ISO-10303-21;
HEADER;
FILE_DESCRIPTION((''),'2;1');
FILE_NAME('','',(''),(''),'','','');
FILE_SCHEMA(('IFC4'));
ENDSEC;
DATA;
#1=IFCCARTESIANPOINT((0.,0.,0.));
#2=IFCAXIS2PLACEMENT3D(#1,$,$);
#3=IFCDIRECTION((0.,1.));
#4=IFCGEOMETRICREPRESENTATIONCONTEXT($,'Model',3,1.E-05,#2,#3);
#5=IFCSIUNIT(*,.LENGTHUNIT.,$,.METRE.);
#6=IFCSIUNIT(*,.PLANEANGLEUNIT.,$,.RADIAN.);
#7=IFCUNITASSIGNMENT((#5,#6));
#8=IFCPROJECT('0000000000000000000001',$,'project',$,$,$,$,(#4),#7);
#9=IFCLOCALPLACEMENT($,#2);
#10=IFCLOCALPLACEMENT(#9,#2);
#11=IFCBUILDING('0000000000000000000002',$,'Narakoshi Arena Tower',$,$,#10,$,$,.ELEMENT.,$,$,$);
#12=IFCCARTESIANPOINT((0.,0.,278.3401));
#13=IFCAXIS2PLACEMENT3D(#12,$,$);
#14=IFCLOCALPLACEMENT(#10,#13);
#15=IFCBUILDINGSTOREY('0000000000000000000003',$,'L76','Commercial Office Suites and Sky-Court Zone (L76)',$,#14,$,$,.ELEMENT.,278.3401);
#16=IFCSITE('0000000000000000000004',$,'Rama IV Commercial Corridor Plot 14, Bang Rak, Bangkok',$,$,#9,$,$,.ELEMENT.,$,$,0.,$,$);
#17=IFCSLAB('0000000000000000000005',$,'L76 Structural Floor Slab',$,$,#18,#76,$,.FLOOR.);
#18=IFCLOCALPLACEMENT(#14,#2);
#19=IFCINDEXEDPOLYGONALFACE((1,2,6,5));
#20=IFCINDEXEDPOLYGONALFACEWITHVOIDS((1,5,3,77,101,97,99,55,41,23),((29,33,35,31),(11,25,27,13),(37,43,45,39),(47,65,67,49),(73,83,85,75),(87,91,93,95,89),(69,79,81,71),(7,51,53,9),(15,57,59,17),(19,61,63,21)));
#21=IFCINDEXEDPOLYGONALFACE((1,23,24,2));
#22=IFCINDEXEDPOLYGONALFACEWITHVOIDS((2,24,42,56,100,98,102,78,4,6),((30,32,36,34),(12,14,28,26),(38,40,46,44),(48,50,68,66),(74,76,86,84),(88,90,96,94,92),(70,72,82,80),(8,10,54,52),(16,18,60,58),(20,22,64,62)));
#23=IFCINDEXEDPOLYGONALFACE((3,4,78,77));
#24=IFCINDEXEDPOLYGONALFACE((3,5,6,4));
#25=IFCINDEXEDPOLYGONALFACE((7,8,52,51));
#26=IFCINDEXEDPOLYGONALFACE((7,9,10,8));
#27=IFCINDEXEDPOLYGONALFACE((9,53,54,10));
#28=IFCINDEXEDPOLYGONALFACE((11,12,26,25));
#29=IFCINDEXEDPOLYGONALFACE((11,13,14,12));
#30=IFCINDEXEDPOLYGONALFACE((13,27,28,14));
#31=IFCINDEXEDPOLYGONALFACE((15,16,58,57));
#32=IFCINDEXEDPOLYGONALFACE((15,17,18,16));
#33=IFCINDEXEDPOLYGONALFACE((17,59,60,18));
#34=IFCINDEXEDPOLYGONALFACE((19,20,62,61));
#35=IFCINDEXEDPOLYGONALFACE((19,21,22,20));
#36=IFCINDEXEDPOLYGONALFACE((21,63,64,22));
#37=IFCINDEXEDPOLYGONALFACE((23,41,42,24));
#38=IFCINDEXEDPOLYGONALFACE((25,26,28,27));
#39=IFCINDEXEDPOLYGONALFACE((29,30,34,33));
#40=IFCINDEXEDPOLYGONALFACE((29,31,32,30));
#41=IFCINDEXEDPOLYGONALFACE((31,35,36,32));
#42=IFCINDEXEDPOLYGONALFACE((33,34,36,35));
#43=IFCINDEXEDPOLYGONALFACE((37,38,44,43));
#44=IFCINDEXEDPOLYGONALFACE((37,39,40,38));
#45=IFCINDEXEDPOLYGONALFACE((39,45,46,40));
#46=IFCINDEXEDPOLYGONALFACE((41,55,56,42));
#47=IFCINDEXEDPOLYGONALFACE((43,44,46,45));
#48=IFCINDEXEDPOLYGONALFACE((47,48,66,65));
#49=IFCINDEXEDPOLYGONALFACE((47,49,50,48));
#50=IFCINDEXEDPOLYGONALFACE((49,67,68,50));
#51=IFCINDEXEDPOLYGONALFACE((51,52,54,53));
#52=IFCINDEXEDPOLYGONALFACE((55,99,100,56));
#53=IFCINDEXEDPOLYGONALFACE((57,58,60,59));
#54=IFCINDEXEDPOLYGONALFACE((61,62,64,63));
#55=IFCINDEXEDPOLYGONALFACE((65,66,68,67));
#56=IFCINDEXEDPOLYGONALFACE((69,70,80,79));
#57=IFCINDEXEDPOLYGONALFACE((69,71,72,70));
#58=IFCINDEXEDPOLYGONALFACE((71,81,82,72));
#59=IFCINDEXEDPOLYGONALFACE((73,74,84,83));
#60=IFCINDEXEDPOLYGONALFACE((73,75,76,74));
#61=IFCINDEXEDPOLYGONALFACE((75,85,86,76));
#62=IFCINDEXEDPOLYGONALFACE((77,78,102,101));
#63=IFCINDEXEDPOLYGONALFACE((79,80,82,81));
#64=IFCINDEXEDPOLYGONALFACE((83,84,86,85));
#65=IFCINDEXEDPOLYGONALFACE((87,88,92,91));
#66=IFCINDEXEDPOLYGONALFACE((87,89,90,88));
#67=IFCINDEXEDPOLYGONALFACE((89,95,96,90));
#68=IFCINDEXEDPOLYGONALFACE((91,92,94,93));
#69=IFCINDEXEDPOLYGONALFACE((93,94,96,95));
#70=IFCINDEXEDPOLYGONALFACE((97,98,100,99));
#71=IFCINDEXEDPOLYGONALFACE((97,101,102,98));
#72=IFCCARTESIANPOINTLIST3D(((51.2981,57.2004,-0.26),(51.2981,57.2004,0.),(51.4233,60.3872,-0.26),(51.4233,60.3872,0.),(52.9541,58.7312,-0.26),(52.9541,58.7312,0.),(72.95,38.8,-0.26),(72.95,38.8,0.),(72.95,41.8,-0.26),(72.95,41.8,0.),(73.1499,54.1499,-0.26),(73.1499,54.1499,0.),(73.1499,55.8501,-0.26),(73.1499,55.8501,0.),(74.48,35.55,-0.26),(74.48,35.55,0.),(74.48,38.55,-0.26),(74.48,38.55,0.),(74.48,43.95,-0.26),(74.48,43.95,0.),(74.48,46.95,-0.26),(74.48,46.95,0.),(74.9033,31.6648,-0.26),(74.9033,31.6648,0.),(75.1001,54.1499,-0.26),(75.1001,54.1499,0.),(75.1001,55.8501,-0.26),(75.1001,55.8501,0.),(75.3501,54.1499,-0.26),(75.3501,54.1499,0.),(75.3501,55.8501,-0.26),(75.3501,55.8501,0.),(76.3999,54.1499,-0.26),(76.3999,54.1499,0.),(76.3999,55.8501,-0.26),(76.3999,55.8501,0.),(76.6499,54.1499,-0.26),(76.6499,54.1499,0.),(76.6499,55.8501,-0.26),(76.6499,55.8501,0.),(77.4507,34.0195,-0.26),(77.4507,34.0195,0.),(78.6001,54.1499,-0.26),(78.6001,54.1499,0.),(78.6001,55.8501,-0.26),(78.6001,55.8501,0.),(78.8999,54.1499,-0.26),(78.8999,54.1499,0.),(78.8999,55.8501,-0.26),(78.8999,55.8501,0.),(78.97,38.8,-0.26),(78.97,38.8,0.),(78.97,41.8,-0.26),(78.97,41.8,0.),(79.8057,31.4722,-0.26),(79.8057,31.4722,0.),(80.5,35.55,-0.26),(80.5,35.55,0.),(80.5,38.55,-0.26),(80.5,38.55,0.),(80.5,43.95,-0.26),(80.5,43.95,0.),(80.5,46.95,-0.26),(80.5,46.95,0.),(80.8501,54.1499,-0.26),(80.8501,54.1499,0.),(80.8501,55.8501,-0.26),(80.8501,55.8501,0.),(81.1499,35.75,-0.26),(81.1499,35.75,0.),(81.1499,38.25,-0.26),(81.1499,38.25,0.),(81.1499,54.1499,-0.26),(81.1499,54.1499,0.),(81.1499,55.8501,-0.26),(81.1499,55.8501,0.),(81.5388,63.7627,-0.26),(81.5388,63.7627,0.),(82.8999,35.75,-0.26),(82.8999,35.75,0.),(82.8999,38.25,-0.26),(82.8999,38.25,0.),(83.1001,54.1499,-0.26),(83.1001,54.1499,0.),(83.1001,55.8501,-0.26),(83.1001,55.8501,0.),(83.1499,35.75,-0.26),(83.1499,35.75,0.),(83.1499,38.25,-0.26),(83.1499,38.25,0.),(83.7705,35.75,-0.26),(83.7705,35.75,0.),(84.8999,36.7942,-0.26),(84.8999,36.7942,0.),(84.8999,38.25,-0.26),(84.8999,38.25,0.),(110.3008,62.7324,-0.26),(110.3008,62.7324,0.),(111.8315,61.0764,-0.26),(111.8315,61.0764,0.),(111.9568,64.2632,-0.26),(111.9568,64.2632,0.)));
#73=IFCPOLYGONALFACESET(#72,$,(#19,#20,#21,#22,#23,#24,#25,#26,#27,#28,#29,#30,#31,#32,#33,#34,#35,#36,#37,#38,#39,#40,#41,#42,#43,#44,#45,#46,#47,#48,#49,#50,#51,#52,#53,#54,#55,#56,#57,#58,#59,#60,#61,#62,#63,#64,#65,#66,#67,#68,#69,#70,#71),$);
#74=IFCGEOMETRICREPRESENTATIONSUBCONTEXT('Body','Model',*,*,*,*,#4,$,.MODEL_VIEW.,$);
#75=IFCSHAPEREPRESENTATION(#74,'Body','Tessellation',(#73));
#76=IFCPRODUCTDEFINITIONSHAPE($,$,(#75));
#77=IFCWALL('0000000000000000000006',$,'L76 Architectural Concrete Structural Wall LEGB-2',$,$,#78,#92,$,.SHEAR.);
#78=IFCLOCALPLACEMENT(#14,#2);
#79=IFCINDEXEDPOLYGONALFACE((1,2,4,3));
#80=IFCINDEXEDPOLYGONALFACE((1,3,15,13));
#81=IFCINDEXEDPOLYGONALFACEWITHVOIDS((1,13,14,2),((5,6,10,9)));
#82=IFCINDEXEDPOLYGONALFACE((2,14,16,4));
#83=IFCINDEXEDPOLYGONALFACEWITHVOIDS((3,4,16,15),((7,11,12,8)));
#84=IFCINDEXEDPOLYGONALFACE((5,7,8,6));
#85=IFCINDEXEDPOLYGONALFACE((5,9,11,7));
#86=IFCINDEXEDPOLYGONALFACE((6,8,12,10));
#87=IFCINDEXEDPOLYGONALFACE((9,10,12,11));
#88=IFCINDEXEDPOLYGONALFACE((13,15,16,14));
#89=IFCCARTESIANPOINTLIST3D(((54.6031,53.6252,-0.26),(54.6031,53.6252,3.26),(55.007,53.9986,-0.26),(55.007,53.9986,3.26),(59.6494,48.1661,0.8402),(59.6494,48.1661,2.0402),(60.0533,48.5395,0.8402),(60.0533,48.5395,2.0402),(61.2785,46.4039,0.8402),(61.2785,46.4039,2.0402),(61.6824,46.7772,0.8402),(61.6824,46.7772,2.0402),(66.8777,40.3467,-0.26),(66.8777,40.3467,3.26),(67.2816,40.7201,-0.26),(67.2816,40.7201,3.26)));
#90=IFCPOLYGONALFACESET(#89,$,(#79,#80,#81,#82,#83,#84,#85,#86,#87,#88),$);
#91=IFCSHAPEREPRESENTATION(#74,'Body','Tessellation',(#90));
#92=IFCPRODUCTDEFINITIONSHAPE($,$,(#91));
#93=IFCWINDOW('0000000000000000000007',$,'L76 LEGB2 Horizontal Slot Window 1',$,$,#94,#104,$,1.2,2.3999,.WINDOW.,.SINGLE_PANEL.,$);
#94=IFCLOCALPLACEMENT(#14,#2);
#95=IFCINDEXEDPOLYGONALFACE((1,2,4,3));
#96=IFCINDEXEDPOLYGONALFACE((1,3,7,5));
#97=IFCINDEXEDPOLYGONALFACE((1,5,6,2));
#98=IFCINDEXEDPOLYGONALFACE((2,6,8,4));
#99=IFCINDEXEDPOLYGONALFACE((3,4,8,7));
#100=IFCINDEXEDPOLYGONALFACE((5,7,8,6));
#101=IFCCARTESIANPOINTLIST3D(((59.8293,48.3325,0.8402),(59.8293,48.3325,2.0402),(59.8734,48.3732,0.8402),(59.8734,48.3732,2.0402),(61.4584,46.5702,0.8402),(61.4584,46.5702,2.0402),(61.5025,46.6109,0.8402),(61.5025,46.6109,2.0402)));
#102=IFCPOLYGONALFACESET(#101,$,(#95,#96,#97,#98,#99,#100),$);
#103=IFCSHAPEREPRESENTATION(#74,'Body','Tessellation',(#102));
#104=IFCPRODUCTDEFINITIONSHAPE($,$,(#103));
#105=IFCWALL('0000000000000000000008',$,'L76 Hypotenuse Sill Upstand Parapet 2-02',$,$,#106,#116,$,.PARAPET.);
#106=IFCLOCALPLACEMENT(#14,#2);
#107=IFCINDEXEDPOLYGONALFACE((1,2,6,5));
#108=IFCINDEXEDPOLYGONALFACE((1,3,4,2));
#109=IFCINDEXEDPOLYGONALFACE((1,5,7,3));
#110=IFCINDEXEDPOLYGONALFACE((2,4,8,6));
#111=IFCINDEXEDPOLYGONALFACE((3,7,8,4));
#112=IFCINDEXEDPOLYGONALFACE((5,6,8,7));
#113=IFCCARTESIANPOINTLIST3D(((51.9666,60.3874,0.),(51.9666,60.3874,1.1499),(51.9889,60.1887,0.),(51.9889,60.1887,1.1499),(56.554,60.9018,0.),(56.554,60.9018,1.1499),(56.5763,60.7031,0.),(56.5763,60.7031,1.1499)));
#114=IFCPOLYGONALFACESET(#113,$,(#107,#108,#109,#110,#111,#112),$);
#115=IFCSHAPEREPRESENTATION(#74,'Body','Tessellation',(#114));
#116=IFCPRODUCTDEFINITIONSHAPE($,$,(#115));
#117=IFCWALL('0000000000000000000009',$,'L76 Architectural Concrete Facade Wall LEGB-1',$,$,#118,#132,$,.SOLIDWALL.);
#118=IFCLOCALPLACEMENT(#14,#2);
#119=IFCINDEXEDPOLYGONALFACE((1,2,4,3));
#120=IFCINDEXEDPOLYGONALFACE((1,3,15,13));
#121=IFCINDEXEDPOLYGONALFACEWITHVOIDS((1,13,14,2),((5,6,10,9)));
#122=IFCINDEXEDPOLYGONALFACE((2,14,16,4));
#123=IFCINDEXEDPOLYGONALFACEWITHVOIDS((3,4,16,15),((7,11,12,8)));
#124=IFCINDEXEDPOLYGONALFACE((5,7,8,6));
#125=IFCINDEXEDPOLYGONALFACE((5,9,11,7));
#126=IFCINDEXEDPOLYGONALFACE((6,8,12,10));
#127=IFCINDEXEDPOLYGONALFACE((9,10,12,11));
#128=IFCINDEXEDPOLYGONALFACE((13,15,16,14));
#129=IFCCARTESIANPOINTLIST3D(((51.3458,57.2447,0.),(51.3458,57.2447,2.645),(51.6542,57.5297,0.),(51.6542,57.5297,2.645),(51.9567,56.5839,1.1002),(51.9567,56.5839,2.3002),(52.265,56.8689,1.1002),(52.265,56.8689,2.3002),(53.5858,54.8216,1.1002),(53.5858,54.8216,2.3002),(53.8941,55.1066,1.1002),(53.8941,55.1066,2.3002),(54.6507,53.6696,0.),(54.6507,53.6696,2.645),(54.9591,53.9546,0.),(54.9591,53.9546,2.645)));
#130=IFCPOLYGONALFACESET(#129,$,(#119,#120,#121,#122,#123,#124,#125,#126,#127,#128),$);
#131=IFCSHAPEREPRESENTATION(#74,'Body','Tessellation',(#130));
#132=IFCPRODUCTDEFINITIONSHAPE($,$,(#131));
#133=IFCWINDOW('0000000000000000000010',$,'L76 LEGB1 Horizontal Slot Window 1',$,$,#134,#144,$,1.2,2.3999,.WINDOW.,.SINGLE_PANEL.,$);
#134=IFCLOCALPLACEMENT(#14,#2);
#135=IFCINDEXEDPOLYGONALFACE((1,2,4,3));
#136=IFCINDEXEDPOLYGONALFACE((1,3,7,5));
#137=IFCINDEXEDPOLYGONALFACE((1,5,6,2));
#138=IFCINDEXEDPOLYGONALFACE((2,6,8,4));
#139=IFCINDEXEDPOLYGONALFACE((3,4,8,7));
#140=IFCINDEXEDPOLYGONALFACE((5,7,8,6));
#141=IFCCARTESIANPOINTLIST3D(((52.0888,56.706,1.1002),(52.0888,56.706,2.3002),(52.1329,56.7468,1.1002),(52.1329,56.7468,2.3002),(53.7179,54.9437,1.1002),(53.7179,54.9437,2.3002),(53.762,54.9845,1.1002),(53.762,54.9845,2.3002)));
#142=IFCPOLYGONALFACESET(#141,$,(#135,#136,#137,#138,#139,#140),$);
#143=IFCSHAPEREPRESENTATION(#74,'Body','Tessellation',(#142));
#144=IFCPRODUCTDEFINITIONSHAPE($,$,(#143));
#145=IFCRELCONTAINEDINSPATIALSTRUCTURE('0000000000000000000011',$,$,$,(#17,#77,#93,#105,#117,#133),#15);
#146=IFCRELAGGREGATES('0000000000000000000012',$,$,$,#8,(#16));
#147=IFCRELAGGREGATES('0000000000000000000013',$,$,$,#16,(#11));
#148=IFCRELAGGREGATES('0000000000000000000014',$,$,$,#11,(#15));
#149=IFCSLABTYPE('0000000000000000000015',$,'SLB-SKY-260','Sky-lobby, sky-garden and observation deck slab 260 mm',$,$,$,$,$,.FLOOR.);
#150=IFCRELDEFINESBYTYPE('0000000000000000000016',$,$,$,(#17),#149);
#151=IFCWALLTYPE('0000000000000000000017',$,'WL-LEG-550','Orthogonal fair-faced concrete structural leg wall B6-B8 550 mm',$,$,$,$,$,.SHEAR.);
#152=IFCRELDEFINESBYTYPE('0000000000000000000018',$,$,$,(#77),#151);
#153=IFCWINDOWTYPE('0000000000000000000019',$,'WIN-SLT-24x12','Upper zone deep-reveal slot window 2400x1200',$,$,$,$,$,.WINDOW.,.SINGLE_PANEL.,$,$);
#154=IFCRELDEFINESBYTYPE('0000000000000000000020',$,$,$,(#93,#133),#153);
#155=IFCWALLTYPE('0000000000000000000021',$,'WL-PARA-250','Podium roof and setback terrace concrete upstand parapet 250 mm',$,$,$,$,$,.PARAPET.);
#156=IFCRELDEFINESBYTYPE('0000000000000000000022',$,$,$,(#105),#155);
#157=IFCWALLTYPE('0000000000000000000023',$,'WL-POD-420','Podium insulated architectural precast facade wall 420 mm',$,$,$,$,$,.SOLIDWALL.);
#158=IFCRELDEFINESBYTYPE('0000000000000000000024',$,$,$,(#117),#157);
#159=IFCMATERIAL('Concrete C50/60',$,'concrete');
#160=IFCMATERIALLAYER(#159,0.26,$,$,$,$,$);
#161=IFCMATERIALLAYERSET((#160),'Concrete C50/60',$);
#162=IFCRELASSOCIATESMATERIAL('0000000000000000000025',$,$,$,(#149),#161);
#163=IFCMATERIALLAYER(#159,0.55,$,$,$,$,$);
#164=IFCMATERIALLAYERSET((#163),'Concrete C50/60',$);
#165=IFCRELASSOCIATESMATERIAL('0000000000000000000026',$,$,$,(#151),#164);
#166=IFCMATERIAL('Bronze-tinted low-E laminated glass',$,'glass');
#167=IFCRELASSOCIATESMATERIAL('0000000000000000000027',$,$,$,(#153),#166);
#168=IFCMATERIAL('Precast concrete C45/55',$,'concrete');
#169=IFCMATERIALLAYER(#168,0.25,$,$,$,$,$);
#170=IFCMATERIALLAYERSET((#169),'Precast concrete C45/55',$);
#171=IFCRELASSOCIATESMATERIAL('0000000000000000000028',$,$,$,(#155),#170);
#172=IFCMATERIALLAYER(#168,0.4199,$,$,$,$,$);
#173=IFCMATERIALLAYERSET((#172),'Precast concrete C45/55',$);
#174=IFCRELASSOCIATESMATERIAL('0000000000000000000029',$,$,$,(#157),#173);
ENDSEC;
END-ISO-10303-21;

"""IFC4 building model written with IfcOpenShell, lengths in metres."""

from ifc_helpers import new_model, si_unit, direction, frame, frame_2d, origin, place, context, subcontext, project, spatial, polyline, rectangle, outline, extrude, material, layer, layer_set, type_object, element, fill, save


model = new_model("IFC4")

# Units and contexts
model_context = context("Model", 3, precision=1e-05, world=origin(), true_north=direction((0.0, 1.0)))
body_context = subcontext(model_context, "Body", "Model", "MODEL_VIEW")
ifc_project = project(units=[si_unit("LENGTHUNIT", "METRE"), si_unit("PLANEANGLEUNIT", "RADIAN")], contexts=[model_context])

# Site, building, storey
site_placement = place(None, origin())
site = spatial("IfcSite", under=ifc_project, at=site_placement, Name="Rama IV Commercial Corridor Plot 14, Bang Rak, Bangkok", CompositionType="ELEMENT", RefElevation=0.0)
building_placement = place(site_placement, origin())
building = spatial("IfcBuilding", under=site, at=building_placement, Name="Narakoshi Arena Tower", CompositionType="ELEMENT")
storey_placement = place(building_placement, frame((0.0, 0.0, 278.3401)))
storey = spatial("IfcBuildingStorey", under=building, at=storey_placement, Name="L76", Description="Commercial Office Suites and Sky-Court Zone (L76)", CompositionType="ELEMENT", Elevation=278.3401)

# Shared definitions
ifc_material_1 = material(Name="Concrete C50/60", Category="concrete")

# Shared definitions
ifc_material_2 = material(Name="Bronze-tinted low-E laminated glass", Category="glass")

# Slab
ifc_layer_1 = layer(ifc_material_1, 0.26)
ifc_layer_set_1 = layer_set([ifc_layer_1], Name="Concrete C50/60")
slab_type_1 = type_object("IfcSlabType", Name="SLB-SKY-260", Description="Sky-lobby, sky-garden and observation deck slab 260 mm", PredefinedType="FLOOR", material=ifc_layer_set_1)
slab_1_placement = place(storey_placement, frame((0.0, 0.0, -0.26)))
element("IfcSlab", 1, at=slab_1_placement, inside=storey, type_object=slab_type_1, Name="L76 Structural Floor Slab", PredefinedType="FLOOR", context=body_context, shape_type="SweptSolid", body=[
    extrude(outline(polyline([(79.8057, 31.4722), (111.8315, 61.0764), (110.3008, 62.7324), (111.9568, 64.2632), (81.5388, 63.7627), (51.4233, 60.3872), (52.9541, 58.7312), (51.2981, 57.2004), (74.9033, 31.6648), (77.4507, 34.0195), (79.8057, 31.4722)]), holes=[polyline([(80.5, 35.55), (74.48, 35.55), (74.48, 38.55), (80.5, 38.55), (80.5, 35.55)]), polyline([(82.8999, 35.75), (81.1499, 35.75), (81.1499, 38.25), (82.8999, 38.25), (82.8999, 35.75)]), polyline([(84.8999, 36.7942), (83.7705, 35.75), (83.1499, 35.75), (83.1499, 38.25), (84.8999, 38.25), (84.8999, 36.7942)]), polyline([(72.95, 38.8), (72.95, 41.8), (78.97, 41.8), (78.97, 38.8), (72.95, 38.8)]), polyline([(74.48, 43.95), (74.48, 46.95), (80.5, 46.95), (80.5, 43.95), (74.48, 43.95)]), polyline([(75.1001, 54.1499), (73.1499, 54.1499), (73.1499, 55.8501), (75.1001, 55.8501), (75.1001, 54.1499)]), polyline([(76.3999, 54.1499), (75.3501, 54.1499), (75.3501, 55.8501), (76.3999, 55.8501), (76.3999, 54.1499)]), polyline([(78.6001, 54.1499), (76.6499, 54.1499), (76.6499, 55.8501), (78.6001, 55.8501), (78.6001, 54.1499)]), polyline([(78.8999, 54.1499), (78.8999, 55.8501), (80.8501, 55.8501), (80.8501, 54.1499), (78.8999, 54.1499)]), polyline([(81.1499, 54.1499), (81.1499, 55.8501), (83.1001, 55.8501), (83.1001, 54.1499), (81.1499, 54.1499)])]), origin(), (0.0, 0.0, 1.0), 0.26),
])

# Wall, opening, window
ifc_layer_2 = layer(ifc_material_1, 0.55)
ifc_layer_set_2 = layer_set([ifc_layer_2], Name="Concrete C50/60")
wall_type_1 = type_object("IfcWallType", Name="WL-LEG-550", Description="Orthogonal fair-faced concrete structural leg wall B6-B8 550 mm", PredefinedType="SHEAR", material=ifc_layer_set_2)
wall_1_placement = place(storey_placement, frame((54.8049, 53.812, -0.26), z_axis=(0.0, 0.0, 1.0), x_axis=(0.678803, -0.73432, 0.0)))
wall_1 = element("IfcWall", 2, at=wall_1_placement, inside=storey, type_object=wall_type_1, Name="L76 Architectural Concrete Structural Wall LEGB-2", PredefinedType="SHEAR", context=body_context, shape_type="SweptSolid", body=[
    extrude(rectangle(XDim=18.0828, YDim=0.55, at=frame_2d((9.0415, 0.0))), origin(), (0.0, 0.0, 1.0), 3.52),
])
opening_1_placement = place(wall_1_placement, frame((7.4343, 0.0, 1.1001)))
opening_1 = element("IfcOpeningElement", 3, at=opening_1_placement, cuts=wall_1, PredefinedType="OPENING", context=body_context, shape_type="SweptSolid", body=[
    extrude(rectangle(XDim=2.3999, YDim=1.2, at=frame_2d((1.2, 0.6001))), frame((0.0, 0.2849, 0.0), z_axis=(0.0, -1.0, 0.0), x_axis=(1.0, 0.0, 0.0)), (0.0, 0.0, 1.0), 0.5701),
])
window_type_1 = type_object("IfcWindowType", Name="WIN-SLT-24x12", Description="Upper zone deep-reveal slot window 2400x1200", PartitioningType="SINGLE_PANEL", PredefinedType="WINDOW", material=ifc_material_2)
window_1_placement = place(opening_1_placement, origin())
window_1 = element("IfcWindow", 4, at=window_1_placement, inside=storey, type_object=window_type_1, Name="L76 LEGB2 Horizontal Slot Window 1", OverallHeight=1.2, OverallWidth=2.3999, PartitioningType="SINGLE_PANEL", PredefinedType="WINDOW", context=body_context, shape_type="SweptSolid", body=[
    extrude(rectangle(XDim=2.3999, YDim=1.2, at=frame_2d((1.2, 0.6001))), frame((0.0, 0.03, 0.0), z_axis=(0.0, -1.0, 0.0), x_axis=(1.0, 0.0, 0.0)), (0.0, 0.0, 1.0), 0.0601),
])
fill(opening_1, window_1)

# Wall
ifc_material_3 = material(Name="Precast concrete C45/55", Category="concrete")
ifc_layer_3 = layer(ifc_material_3, 0.25)
ifc_layer_set_3 = layer_set([ifc_layer_3], Name="Precast concrete C45/55")
wall_type_2 = type_object("IfcWallType", Name="WL-PARA-250", Description="Podium roof and setback terrace concrete upstand parapet 250 mm", PredefinedType="PARAPET", material=ifc_layer_set_3)
wall_2_placement = place(storey_placement, frame((56.5652, 60.8025, 0.0), z_axis=(0.0, 0.0, 1.0), x_axis=(-0.993772, -0.111436, 0.0)))
element("IfcWall", 5, at=wall_2_placement, inside=storey, type_object=wall_type_2, Name="L76 Hypotenuse Sill Upstand Parapet 2-02", PredefinedType="PARAPET", context=body_context, shape_type="SweptSolid", body=[
    extrude(rectangle(XDim=4.6162, YDim=0.2, at=frame_2d((2.3081, 0.0))), origin(), (0.0, 0.0, 1.0), 1.1499),
])

# Wall, opening, window
ifc_layer_4 = layer(ifc_material_3, 0.4199)
ifc_layer_set_4 = layer_set([ifc_layer_4], Name="Precast concrete C45/55")
wall_type_3 = type_object("IfcWallType", Name="WL-POD-420", Description="Podium insulated architectural precast facade wall 420 mm", PredefinedType="SOLIDWALL", material=ifc_layer_set_4)
wall_3_placement = place(storey_placement, frame((51.5, 57.3872, 0.0), z_axis=(0.0, 0.0, 1.0), x_axis=(0.678807, -0.734317, 0.0)))
wall_3 = element("IfcWall", 6, at=wall_3_placement, inside=storey, type_object=wall_type_3, Name="L76 Architectural Concrete Facade Wall LEGB-1", PredefinedType="SOLIDWALL", context=body_context, shape_type="SweptSolid", body=[
    extrude(rectangle(XDim=4.8687, YDim=0.4199, at=frame_2d((2.4343, 0.0))), origin(), (0.0, 0.0, 1.0), 2.645),
])
opening_2_placement = place(wall_3_placement, frame((0.8999, 0.0, 1.1001)))
opening_2 = element("IfcOpeningElement", 7, at=opening_2_placement, cuts=wall_3, PredefinedType="OPENING", context=body_context, shape_type="SweptSolid", body=[
    extrude(rectangle(XDim=2.3999, YDim=1.2, at=frame_2d((1.2, 0.6001))), frame((0.0, 0.22, 0.0), z_axis=(0.0, -1.0, 0.0), x_axis=(1.0, 0.0, 0.0)), (0.0, 0.0, 1.0), 0.4399),
])
window_2_placement = place(opening_2_placement, origin())
window_2 = element("IfcWindow", 8, at=window_2_placement, inside=storey, type_object=window_type_1, Name="L76 LEGB1 Horizontal Slot Window 1", OverallHeight=1.2, OverallWidth=2.3999, PartitioningType="SINGLE_PANEL", PredefinedType="WINDOW", context=body_context, shape_type="SweptSolid", body=[
    extrude(rectangle(XDim=2.3999, YDim=1.2, at=frame_2d((1.2, 0.6001))), frame((0.0, 0.03, 0.0), z_axis=(0.0, -1.0, 0.0), x_axis=(1.0, 0.0, 0.0)), (0.0, 0.0, 1.0), 0.0601),
])
fill(opening_2, window_2)

save(model, "model.ifc")
